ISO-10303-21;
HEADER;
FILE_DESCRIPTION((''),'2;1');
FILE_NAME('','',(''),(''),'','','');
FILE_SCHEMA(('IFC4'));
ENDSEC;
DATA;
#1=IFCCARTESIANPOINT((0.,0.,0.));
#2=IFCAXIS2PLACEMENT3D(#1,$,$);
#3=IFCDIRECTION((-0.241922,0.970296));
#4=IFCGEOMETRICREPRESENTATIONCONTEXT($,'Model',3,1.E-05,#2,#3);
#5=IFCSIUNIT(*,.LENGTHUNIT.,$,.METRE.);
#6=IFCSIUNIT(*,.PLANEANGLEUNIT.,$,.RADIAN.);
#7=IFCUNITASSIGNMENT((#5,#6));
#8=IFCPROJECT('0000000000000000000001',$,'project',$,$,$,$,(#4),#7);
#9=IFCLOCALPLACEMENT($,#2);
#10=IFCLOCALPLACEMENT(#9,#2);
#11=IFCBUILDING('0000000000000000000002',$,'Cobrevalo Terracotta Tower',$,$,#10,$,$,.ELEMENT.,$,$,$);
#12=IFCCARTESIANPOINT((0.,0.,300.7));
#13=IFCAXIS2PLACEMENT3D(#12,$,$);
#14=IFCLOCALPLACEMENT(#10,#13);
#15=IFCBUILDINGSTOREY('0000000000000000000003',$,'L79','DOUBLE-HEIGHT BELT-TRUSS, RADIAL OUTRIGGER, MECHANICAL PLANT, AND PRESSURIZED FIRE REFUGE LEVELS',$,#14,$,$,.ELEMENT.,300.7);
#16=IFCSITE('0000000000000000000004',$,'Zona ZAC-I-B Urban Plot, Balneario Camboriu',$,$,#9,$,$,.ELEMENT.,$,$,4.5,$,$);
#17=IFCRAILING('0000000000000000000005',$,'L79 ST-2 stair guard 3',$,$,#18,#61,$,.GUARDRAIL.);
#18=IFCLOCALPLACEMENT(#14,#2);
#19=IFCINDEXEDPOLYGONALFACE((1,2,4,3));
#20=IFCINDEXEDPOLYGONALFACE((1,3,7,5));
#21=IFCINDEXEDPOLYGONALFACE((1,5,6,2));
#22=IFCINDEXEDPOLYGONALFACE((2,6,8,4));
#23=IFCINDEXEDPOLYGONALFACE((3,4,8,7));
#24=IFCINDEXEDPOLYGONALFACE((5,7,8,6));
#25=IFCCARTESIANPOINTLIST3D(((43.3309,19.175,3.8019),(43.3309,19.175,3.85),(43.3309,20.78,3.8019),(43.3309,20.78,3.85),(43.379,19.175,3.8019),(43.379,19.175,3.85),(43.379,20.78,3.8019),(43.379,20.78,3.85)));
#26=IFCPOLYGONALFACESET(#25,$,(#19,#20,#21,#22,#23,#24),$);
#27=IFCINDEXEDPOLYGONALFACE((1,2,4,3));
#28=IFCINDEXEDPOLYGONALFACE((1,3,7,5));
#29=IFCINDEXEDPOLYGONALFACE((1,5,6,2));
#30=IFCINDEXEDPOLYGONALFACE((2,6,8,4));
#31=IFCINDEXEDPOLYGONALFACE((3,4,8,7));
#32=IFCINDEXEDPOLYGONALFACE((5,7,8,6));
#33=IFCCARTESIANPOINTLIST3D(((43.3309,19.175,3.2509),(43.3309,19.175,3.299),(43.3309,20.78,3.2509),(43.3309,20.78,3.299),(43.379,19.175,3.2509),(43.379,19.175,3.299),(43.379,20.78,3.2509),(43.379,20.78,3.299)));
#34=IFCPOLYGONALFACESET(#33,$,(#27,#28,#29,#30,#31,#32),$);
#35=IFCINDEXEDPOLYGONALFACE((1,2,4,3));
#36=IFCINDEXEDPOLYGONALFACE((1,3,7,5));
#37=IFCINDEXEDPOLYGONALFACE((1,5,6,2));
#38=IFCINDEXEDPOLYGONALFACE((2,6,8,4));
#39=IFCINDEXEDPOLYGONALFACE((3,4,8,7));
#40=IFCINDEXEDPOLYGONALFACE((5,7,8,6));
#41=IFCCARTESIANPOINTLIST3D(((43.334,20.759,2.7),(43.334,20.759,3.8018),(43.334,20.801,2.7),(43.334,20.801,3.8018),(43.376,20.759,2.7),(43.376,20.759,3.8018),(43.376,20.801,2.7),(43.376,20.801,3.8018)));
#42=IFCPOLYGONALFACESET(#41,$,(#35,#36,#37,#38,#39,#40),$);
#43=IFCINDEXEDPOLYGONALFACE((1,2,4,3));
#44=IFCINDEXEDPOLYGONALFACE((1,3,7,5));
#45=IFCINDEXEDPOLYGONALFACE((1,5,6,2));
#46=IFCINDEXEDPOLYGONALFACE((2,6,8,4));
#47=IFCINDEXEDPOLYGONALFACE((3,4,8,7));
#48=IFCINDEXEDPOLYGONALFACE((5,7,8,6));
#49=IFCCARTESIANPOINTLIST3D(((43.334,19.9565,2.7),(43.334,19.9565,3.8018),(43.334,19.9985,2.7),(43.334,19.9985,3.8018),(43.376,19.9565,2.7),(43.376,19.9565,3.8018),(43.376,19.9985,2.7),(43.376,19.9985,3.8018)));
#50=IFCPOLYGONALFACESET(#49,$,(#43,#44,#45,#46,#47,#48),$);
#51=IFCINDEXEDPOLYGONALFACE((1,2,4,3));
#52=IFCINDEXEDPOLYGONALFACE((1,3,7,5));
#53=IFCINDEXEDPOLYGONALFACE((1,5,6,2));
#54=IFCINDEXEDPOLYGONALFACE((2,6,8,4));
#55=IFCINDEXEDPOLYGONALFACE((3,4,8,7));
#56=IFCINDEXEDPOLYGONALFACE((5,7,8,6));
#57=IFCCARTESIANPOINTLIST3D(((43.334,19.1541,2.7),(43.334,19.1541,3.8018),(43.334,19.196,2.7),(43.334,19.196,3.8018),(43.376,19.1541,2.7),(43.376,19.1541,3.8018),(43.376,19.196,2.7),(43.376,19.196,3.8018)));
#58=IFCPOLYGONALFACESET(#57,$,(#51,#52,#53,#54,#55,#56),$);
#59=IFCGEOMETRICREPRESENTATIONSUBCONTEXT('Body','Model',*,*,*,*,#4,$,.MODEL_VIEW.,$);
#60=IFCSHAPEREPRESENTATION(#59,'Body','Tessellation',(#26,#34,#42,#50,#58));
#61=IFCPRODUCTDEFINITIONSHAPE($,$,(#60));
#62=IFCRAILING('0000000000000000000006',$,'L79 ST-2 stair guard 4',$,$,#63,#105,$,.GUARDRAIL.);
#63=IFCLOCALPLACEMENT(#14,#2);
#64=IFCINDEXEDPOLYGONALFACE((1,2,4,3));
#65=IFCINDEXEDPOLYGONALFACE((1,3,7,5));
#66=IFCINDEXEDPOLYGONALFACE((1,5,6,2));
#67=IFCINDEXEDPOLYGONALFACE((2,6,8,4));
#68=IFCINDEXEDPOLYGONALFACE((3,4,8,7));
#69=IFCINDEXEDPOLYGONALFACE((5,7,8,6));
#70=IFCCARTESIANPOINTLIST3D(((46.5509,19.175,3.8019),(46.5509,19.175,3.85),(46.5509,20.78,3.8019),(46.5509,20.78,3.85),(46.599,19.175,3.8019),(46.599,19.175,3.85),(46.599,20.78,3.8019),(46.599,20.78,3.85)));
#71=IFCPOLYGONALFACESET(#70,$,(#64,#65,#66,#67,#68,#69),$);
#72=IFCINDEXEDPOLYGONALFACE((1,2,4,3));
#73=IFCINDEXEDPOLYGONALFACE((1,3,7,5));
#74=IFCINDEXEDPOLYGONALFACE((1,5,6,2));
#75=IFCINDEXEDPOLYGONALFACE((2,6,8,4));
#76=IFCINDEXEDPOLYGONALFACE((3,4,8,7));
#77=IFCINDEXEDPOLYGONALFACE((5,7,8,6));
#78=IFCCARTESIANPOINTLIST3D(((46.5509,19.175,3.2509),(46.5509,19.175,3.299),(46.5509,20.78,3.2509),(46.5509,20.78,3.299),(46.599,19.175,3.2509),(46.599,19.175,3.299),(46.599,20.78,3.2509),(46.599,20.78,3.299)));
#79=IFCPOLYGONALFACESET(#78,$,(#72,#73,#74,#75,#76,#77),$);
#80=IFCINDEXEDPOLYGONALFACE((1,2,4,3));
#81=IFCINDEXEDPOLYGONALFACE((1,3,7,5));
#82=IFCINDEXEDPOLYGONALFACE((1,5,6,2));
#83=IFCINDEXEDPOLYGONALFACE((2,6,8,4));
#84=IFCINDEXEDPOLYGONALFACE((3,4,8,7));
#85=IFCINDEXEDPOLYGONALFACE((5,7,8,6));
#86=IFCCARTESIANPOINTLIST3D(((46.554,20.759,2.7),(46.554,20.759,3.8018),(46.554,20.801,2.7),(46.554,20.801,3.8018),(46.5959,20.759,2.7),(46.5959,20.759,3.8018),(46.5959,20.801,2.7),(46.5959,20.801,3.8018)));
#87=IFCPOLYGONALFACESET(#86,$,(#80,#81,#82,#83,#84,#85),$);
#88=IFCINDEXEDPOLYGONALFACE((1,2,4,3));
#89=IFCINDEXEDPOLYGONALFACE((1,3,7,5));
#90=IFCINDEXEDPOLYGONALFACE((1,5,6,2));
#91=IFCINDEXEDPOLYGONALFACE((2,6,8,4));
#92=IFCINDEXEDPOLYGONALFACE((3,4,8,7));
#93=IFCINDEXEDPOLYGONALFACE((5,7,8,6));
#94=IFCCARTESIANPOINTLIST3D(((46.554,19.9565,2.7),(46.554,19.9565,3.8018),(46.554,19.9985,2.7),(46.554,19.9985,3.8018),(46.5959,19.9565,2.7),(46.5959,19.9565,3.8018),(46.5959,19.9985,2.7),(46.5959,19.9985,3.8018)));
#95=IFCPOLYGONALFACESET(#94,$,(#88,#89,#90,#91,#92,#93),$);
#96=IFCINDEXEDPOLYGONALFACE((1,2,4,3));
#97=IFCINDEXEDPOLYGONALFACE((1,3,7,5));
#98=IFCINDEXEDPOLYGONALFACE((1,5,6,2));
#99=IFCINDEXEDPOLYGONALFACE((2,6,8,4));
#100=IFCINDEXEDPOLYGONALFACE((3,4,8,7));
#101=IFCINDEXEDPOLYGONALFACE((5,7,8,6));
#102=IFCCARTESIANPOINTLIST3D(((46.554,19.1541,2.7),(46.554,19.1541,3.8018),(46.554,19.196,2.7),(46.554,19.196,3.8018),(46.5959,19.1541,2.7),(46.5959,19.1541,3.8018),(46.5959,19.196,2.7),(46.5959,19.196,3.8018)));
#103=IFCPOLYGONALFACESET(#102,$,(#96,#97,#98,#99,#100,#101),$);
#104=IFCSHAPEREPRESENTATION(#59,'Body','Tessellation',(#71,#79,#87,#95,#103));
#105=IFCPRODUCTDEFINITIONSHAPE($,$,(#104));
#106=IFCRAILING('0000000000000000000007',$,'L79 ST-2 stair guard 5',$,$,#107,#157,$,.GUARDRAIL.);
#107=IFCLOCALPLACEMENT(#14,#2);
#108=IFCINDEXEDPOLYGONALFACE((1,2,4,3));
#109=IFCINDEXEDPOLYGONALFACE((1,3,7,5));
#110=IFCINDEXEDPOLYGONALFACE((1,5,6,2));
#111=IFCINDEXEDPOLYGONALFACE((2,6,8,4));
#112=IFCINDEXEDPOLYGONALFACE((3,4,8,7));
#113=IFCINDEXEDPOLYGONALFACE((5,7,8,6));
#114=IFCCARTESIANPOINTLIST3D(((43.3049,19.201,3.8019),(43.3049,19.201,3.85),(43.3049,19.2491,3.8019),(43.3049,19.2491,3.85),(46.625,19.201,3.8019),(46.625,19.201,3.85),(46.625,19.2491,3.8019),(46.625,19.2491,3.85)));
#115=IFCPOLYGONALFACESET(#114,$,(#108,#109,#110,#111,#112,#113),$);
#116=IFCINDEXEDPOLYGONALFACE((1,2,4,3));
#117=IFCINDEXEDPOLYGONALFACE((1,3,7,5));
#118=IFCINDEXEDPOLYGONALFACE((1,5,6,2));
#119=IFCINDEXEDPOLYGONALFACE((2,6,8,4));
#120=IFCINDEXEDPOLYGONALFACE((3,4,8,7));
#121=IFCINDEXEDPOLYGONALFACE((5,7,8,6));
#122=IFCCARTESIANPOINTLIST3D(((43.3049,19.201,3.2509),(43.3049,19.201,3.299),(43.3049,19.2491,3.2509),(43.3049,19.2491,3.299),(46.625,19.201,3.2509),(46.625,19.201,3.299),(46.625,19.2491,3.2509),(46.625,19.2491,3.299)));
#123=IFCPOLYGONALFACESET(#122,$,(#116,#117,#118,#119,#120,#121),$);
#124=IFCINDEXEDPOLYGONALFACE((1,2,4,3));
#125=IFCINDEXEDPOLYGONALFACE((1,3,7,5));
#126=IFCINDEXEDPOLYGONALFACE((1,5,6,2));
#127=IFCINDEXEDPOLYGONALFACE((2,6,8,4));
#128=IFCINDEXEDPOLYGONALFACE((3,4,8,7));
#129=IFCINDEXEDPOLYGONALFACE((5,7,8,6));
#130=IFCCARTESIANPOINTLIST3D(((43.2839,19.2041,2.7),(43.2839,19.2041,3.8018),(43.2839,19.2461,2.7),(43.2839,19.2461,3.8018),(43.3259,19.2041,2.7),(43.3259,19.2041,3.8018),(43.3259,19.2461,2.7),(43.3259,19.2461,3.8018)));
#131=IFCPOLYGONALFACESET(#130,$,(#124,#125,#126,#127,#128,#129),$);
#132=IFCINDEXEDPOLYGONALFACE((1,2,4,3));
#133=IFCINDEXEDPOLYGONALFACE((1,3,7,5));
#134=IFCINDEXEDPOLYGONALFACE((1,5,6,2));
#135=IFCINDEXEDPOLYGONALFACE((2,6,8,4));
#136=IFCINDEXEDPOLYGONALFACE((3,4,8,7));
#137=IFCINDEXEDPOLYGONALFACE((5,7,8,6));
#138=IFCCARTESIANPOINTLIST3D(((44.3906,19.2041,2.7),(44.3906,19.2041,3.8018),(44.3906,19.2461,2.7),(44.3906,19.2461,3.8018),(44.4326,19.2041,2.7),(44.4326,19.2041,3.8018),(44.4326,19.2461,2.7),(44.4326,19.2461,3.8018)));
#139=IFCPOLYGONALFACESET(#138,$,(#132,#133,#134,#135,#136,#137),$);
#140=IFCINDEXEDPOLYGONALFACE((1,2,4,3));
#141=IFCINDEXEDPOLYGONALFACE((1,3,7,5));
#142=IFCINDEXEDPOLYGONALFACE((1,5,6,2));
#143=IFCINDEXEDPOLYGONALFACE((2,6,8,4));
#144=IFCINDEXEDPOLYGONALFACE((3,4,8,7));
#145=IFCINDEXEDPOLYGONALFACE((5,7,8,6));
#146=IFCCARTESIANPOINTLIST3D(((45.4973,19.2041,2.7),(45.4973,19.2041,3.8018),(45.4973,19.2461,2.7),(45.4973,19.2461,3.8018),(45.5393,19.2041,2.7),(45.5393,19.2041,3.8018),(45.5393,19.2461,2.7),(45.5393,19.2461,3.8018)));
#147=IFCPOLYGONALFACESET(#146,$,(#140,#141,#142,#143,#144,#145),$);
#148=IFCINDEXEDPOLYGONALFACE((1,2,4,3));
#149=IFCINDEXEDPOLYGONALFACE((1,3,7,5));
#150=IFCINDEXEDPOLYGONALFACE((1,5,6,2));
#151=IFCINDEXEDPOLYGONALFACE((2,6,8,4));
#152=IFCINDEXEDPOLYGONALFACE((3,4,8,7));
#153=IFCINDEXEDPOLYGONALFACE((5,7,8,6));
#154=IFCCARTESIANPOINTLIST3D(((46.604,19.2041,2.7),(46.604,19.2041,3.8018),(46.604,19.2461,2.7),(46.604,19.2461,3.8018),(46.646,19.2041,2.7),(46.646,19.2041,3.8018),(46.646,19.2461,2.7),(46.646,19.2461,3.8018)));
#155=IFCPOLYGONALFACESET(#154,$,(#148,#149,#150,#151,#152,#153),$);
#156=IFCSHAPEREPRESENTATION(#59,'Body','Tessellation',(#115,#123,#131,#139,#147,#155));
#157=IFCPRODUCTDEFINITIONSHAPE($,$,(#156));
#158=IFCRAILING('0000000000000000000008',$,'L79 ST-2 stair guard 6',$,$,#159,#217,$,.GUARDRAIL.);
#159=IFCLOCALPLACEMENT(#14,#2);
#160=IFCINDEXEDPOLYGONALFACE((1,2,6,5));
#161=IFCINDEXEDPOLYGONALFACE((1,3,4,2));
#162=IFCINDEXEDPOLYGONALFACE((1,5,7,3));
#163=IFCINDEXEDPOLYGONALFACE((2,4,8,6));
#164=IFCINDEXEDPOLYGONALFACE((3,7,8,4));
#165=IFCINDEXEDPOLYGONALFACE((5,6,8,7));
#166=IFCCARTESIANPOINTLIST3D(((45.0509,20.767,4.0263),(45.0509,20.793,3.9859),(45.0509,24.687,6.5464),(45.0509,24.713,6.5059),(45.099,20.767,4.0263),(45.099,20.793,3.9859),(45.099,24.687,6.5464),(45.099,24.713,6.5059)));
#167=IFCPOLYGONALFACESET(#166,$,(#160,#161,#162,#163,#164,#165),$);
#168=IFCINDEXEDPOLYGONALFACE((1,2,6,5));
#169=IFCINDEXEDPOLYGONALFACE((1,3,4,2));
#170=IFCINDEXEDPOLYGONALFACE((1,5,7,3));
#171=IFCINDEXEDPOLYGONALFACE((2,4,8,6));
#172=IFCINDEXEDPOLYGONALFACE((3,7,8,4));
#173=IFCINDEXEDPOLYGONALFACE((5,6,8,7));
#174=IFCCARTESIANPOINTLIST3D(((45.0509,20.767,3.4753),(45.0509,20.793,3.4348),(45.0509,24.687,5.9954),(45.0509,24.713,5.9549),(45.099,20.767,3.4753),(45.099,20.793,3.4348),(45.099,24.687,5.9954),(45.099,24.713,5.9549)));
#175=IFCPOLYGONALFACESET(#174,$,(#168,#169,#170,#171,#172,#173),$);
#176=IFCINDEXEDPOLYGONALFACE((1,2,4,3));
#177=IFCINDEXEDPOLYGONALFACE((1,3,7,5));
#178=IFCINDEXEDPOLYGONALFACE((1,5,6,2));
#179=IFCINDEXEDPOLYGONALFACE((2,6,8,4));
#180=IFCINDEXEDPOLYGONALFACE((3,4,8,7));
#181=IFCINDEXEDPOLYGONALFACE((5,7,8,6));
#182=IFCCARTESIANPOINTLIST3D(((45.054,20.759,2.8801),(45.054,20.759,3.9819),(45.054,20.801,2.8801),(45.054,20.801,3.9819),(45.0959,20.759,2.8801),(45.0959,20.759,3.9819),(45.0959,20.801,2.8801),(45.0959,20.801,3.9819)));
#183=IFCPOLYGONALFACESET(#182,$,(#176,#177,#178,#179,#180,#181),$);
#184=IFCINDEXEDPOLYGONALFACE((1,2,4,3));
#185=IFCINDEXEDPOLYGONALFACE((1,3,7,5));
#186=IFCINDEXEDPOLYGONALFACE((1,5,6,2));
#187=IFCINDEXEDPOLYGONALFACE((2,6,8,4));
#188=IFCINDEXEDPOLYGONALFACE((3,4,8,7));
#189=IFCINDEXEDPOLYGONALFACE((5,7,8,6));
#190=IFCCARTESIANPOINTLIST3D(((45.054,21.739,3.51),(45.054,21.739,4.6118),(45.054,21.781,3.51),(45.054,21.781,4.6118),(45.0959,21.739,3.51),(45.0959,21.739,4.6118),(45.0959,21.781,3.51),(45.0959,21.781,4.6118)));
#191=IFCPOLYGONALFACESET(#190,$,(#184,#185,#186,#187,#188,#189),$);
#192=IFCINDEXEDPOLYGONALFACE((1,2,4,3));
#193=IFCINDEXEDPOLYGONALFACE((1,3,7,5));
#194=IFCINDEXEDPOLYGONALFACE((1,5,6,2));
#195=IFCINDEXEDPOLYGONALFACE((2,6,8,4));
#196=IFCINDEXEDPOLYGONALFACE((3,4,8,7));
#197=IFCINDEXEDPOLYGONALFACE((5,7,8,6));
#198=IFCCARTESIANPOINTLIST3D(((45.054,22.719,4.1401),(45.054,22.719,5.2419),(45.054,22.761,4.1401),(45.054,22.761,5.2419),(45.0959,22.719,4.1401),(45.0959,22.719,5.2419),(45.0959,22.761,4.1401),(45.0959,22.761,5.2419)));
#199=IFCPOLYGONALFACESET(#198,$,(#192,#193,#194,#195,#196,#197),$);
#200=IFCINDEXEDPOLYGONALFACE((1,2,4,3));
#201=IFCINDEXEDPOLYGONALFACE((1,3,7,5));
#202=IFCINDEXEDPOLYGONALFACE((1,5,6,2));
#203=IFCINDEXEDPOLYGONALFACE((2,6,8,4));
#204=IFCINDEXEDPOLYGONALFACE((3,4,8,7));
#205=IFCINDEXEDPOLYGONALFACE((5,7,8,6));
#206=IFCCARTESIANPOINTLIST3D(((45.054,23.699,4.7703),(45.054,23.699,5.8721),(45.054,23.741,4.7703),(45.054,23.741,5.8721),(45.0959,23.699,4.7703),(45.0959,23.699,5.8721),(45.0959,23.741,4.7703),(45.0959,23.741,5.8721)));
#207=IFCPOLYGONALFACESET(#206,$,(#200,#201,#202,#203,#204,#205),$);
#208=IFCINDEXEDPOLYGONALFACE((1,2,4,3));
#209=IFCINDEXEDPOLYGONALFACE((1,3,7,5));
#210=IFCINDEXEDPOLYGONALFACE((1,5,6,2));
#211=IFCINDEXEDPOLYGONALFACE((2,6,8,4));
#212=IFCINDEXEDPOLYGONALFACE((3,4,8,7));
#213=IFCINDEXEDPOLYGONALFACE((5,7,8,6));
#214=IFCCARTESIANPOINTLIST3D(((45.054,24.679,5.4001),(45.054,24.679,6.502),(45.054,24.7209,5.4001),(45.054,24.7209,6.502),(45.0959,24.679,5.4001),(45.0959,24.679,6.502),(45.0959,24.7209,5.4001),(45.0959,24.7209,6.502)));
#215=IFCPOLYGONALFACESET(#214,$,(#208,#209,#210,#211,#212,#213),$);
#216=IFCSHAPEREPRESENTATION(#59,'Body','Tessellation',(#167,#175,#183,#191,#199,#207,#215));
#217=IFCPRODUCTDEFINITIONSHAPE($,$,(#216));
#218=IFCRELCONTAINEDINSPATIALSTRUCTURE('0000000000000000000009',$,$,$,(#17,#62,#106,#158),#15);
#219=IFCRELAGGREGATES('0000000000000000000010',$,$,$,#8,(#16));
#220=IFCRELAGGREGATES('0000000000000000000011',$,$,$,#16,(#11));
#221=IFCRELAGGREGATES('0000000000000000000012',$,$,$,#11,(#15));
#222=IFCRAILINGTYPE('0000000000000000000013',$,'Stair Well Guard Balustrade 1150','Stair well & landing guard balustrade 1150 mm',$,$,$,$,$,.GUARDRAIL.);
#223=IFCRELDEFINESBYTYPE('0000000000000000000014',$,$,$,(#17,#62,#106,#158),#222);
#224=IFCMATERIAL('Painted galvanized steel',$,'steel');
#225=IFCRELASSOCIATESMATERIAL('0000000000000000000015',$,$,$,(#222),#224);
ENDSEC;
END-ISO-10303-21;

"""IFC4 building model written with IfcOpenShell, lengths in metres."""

from ifc_helpers import new_model, si_unit, direction, frame, origin, origin_2d, place, context, subcontext, project, spatial, rectangle, extrude, material, type_object, element, save


model = new_model("IFC4")

# Units and contexts
model_context = context("Model", 3, precision=1e-05, world=origin(), true_north=direction((-0.241922, 0.970296)))
body_context = subcontext(model_context, "Body", "Model", "MODEL_VIEW")
ifc_project = project(units=[si_unit("LENGTHUNIT", "METRE"), si_unit("PLANEANGLEUNIT", "RADIAN")], contexts=[model_context])

# Site, building, storey
site_placement = place(None, origin())
site = spatial("IfcSite", under=ifc_project, at=site_placement, Name="Zona ZAC-I-B Urban Plot, Balneario Camboriu", CompositionType="ELEMENT", RefElevation=4.5)
building_placement = place(site_placement, origin())
building = spatial("IfcBuilding", under=site, at=building_placement, Name="Cobrevalo Terracotta Tower", CompositionType="ELEMENT")
storey_placement = place(building_placement, frame((0.0, 0.0, 300.7)))
storey = spatial("IfcBuildingStorey", under=building, at=storey_placement, Name="L79", Description="DOUBLE-HEIGHT BELT-TRUSS, RADIAL OUTRIGGER, MECHANICAL PLANT, AND PRESSURIZED FIRE REFUGE LEVELS", CompositionType="ELEMENT", Elevation=300.7)

# Railings
ifc_material_1 = material(Name="Painted galvanized steel", Category="steel")
railing_type_1 = type_object("IfcRailingType", Name="Stair Well Guard Balustrade 1150", Description="Stair well & landing guard balustrade 1150 mm", PredefinedType="GUARDRAIL", material=ifc_material_1)
for number, where, name in (
    (1, (43.355, 20.78, 2.7), "L79 ST-2 stair guard 3"),
    (2, (46.575, 20.78, 2.7), "L79 ST-2 stair guard 4"),
):
    element("IfcRailing", number, at=place(storey_placement, frame(where)), inside=storey, type_object=railing_type_1, Name=name, PredefinedType="GUARDRAIL", context=body_context, shape_type="SweptSolid", body=[
        extrude(rectangle(XDim=0.0481, YDim=0.0481, at=origin_2d()), frame((0.0, 0.0, 1.126), z_axis=(0.0, -1.0, 0.0), x_axis=(1.0, 0.0, 0.0)), (0.0, 0.0, 1.0), 1.605),
        extrude(rectangle(XDim=0.0481, YDim=0.0481, at=origin_2d()), frame((0.0, 0.0, 0.575), z_axis=(0.0, -1.0, 0.0), x_axis=(1.0, 0.0, 0.0)), (0.0, 0.0, 1.0), 1.605),
        extrude(rectangle(XDim=0.042, YDim=0.042, at=origin_2d()), origin(), (0.0, 0.0, 1.0), 1.1018),
        extrude(rectangle(XDim=0.042, YDim=0.042, at=origin_2d()), frame((0.0, -0.8025, 0.0)), (0.0, 0.0, 1.0), 1.1018),
        extrude(rectangle(XDim=0.042, YDim=0.042, at=origin_2d()), frame((0.0, -1.605, 0.0)), (0.0, 0.0, 1.0), 1.1018),
    ])
railing_1_placement = place(storey_placement, frame((43.3049, 19.2251, 2.7)))
element("IfcRailing", 3, at=railing_1_placement, inside=storey, type_object=railing_type_1, Name="L79 ST-2 stair guard 5", PredefinedType="GUARDRAIL", context=body_context, shape_type="SweptSolid", body=[
    extrude(rectangle(XDim=0.0481, YDim=0.0481, at=origin_2d()), frame((0.0, 0.0, 1.126), z_axis=(1.0, 0.0, 0.0), x_axis=(0.0, 1.0, 0.0)), (0.0, 0.0, 1.0), 3.3201),
    extrude(rectangle(XDim=0.0481, YDim=0.0481, at=origin_2d()), frame((0.0, 0.0, 0.575), z_axis=(1.0, 0.0, 0.0), x_axis=(0.0, 1.0, 0.0)), (0.0, 0.0, 1.0), 3.3201),
    extrude(rectangle(XDim=0.042, YDim=0.042, at=origin_2d()), origin(), (0.0, 0.0, 1.0), 1.1018),
    extrude(rectangle(XDim=0.042, YDim=0.042, at=origin_2d()), frame((1.1067, 0.0, 0.0)), (0.0, 0.0, 1.0), 1.1018),
    extrude(rectangle(XDim=0.042, YDim=0.042, at=origin_2d()), frame((2.2134, 0.0, 0.0)), (0.0, 0.0, 1.0), 1.1018),
    extrude(rectangle(XDim=0.042, YDim=0.042, at=origin_2d()), frame((3.3201, 0.0, 0.0)), (0.0, 0.0, 1.0), 1.1018),
])
railing_2_placement = place(storey_placement, frame((45.075, 20.78, 2.8801)))
element("IfcRailing", 4, at=railing_2_placement, inside=storey, type_object=railing_type_1, Name="L79 ST-2 stair guard 6", PredefinedType="GUARDRAIL", context=body_context, shape_type="SweptSolid", body=[
    extrude(rectangle(XDim=0.0481, YDim=0.0481, at=origin_2d()), frame((0.0, 0.0, 1.126), z_axis=(0.0, 0.841172, 0.540768), x_axis=(-1.0, 0.0, 0.0)), (0.0, 0.0, 1.0), 4.6602),
    extrude(rectangle(XDim=0.0481, YDim=0.0481, at=origin_2d()), frame((0.0, 0.0, 0.575), z_axis=(0.0, 0.841172, 0.540768), x_axis=(-1.0, 0.0, 0.0)), (0.0, 0.0, 1.0), 4.6602),
    extrude(rectangle(XDim=0.042, YDim=0.042, at=origin_2d()), origin(), (0.0, 0.0, 1.0), 1.1018),
    extrude(rectangle(XDim=0.042, YDim=0.042, at=origin_2d()), frame((0.0, 0.98, 0.6299)), (0.0, 0.0, 1.0), 1.1018),
    extrude(rectangle(XDim=0.042, YDim=0.042, at=origin_2d()), frame((0.0, 1.96, 1.26)), (0.0, 0.0, 1.0), 1.1018),
    extrude(rectangle(XDim=0.042, YDim=0.042, at=origin_2d()), frame((0.0, 2.9399, 1.8901)), (0.0, 0.0, 1.0), 1.1018),
    extrude(rectangle(XDim=0.042, YDim=0.042, at=origin_2d()), frame((0.0, 3.9199, 2.52)), (0.0, 0.0, 1.0), 1.1018),
])

save(model, "model.ifc")
